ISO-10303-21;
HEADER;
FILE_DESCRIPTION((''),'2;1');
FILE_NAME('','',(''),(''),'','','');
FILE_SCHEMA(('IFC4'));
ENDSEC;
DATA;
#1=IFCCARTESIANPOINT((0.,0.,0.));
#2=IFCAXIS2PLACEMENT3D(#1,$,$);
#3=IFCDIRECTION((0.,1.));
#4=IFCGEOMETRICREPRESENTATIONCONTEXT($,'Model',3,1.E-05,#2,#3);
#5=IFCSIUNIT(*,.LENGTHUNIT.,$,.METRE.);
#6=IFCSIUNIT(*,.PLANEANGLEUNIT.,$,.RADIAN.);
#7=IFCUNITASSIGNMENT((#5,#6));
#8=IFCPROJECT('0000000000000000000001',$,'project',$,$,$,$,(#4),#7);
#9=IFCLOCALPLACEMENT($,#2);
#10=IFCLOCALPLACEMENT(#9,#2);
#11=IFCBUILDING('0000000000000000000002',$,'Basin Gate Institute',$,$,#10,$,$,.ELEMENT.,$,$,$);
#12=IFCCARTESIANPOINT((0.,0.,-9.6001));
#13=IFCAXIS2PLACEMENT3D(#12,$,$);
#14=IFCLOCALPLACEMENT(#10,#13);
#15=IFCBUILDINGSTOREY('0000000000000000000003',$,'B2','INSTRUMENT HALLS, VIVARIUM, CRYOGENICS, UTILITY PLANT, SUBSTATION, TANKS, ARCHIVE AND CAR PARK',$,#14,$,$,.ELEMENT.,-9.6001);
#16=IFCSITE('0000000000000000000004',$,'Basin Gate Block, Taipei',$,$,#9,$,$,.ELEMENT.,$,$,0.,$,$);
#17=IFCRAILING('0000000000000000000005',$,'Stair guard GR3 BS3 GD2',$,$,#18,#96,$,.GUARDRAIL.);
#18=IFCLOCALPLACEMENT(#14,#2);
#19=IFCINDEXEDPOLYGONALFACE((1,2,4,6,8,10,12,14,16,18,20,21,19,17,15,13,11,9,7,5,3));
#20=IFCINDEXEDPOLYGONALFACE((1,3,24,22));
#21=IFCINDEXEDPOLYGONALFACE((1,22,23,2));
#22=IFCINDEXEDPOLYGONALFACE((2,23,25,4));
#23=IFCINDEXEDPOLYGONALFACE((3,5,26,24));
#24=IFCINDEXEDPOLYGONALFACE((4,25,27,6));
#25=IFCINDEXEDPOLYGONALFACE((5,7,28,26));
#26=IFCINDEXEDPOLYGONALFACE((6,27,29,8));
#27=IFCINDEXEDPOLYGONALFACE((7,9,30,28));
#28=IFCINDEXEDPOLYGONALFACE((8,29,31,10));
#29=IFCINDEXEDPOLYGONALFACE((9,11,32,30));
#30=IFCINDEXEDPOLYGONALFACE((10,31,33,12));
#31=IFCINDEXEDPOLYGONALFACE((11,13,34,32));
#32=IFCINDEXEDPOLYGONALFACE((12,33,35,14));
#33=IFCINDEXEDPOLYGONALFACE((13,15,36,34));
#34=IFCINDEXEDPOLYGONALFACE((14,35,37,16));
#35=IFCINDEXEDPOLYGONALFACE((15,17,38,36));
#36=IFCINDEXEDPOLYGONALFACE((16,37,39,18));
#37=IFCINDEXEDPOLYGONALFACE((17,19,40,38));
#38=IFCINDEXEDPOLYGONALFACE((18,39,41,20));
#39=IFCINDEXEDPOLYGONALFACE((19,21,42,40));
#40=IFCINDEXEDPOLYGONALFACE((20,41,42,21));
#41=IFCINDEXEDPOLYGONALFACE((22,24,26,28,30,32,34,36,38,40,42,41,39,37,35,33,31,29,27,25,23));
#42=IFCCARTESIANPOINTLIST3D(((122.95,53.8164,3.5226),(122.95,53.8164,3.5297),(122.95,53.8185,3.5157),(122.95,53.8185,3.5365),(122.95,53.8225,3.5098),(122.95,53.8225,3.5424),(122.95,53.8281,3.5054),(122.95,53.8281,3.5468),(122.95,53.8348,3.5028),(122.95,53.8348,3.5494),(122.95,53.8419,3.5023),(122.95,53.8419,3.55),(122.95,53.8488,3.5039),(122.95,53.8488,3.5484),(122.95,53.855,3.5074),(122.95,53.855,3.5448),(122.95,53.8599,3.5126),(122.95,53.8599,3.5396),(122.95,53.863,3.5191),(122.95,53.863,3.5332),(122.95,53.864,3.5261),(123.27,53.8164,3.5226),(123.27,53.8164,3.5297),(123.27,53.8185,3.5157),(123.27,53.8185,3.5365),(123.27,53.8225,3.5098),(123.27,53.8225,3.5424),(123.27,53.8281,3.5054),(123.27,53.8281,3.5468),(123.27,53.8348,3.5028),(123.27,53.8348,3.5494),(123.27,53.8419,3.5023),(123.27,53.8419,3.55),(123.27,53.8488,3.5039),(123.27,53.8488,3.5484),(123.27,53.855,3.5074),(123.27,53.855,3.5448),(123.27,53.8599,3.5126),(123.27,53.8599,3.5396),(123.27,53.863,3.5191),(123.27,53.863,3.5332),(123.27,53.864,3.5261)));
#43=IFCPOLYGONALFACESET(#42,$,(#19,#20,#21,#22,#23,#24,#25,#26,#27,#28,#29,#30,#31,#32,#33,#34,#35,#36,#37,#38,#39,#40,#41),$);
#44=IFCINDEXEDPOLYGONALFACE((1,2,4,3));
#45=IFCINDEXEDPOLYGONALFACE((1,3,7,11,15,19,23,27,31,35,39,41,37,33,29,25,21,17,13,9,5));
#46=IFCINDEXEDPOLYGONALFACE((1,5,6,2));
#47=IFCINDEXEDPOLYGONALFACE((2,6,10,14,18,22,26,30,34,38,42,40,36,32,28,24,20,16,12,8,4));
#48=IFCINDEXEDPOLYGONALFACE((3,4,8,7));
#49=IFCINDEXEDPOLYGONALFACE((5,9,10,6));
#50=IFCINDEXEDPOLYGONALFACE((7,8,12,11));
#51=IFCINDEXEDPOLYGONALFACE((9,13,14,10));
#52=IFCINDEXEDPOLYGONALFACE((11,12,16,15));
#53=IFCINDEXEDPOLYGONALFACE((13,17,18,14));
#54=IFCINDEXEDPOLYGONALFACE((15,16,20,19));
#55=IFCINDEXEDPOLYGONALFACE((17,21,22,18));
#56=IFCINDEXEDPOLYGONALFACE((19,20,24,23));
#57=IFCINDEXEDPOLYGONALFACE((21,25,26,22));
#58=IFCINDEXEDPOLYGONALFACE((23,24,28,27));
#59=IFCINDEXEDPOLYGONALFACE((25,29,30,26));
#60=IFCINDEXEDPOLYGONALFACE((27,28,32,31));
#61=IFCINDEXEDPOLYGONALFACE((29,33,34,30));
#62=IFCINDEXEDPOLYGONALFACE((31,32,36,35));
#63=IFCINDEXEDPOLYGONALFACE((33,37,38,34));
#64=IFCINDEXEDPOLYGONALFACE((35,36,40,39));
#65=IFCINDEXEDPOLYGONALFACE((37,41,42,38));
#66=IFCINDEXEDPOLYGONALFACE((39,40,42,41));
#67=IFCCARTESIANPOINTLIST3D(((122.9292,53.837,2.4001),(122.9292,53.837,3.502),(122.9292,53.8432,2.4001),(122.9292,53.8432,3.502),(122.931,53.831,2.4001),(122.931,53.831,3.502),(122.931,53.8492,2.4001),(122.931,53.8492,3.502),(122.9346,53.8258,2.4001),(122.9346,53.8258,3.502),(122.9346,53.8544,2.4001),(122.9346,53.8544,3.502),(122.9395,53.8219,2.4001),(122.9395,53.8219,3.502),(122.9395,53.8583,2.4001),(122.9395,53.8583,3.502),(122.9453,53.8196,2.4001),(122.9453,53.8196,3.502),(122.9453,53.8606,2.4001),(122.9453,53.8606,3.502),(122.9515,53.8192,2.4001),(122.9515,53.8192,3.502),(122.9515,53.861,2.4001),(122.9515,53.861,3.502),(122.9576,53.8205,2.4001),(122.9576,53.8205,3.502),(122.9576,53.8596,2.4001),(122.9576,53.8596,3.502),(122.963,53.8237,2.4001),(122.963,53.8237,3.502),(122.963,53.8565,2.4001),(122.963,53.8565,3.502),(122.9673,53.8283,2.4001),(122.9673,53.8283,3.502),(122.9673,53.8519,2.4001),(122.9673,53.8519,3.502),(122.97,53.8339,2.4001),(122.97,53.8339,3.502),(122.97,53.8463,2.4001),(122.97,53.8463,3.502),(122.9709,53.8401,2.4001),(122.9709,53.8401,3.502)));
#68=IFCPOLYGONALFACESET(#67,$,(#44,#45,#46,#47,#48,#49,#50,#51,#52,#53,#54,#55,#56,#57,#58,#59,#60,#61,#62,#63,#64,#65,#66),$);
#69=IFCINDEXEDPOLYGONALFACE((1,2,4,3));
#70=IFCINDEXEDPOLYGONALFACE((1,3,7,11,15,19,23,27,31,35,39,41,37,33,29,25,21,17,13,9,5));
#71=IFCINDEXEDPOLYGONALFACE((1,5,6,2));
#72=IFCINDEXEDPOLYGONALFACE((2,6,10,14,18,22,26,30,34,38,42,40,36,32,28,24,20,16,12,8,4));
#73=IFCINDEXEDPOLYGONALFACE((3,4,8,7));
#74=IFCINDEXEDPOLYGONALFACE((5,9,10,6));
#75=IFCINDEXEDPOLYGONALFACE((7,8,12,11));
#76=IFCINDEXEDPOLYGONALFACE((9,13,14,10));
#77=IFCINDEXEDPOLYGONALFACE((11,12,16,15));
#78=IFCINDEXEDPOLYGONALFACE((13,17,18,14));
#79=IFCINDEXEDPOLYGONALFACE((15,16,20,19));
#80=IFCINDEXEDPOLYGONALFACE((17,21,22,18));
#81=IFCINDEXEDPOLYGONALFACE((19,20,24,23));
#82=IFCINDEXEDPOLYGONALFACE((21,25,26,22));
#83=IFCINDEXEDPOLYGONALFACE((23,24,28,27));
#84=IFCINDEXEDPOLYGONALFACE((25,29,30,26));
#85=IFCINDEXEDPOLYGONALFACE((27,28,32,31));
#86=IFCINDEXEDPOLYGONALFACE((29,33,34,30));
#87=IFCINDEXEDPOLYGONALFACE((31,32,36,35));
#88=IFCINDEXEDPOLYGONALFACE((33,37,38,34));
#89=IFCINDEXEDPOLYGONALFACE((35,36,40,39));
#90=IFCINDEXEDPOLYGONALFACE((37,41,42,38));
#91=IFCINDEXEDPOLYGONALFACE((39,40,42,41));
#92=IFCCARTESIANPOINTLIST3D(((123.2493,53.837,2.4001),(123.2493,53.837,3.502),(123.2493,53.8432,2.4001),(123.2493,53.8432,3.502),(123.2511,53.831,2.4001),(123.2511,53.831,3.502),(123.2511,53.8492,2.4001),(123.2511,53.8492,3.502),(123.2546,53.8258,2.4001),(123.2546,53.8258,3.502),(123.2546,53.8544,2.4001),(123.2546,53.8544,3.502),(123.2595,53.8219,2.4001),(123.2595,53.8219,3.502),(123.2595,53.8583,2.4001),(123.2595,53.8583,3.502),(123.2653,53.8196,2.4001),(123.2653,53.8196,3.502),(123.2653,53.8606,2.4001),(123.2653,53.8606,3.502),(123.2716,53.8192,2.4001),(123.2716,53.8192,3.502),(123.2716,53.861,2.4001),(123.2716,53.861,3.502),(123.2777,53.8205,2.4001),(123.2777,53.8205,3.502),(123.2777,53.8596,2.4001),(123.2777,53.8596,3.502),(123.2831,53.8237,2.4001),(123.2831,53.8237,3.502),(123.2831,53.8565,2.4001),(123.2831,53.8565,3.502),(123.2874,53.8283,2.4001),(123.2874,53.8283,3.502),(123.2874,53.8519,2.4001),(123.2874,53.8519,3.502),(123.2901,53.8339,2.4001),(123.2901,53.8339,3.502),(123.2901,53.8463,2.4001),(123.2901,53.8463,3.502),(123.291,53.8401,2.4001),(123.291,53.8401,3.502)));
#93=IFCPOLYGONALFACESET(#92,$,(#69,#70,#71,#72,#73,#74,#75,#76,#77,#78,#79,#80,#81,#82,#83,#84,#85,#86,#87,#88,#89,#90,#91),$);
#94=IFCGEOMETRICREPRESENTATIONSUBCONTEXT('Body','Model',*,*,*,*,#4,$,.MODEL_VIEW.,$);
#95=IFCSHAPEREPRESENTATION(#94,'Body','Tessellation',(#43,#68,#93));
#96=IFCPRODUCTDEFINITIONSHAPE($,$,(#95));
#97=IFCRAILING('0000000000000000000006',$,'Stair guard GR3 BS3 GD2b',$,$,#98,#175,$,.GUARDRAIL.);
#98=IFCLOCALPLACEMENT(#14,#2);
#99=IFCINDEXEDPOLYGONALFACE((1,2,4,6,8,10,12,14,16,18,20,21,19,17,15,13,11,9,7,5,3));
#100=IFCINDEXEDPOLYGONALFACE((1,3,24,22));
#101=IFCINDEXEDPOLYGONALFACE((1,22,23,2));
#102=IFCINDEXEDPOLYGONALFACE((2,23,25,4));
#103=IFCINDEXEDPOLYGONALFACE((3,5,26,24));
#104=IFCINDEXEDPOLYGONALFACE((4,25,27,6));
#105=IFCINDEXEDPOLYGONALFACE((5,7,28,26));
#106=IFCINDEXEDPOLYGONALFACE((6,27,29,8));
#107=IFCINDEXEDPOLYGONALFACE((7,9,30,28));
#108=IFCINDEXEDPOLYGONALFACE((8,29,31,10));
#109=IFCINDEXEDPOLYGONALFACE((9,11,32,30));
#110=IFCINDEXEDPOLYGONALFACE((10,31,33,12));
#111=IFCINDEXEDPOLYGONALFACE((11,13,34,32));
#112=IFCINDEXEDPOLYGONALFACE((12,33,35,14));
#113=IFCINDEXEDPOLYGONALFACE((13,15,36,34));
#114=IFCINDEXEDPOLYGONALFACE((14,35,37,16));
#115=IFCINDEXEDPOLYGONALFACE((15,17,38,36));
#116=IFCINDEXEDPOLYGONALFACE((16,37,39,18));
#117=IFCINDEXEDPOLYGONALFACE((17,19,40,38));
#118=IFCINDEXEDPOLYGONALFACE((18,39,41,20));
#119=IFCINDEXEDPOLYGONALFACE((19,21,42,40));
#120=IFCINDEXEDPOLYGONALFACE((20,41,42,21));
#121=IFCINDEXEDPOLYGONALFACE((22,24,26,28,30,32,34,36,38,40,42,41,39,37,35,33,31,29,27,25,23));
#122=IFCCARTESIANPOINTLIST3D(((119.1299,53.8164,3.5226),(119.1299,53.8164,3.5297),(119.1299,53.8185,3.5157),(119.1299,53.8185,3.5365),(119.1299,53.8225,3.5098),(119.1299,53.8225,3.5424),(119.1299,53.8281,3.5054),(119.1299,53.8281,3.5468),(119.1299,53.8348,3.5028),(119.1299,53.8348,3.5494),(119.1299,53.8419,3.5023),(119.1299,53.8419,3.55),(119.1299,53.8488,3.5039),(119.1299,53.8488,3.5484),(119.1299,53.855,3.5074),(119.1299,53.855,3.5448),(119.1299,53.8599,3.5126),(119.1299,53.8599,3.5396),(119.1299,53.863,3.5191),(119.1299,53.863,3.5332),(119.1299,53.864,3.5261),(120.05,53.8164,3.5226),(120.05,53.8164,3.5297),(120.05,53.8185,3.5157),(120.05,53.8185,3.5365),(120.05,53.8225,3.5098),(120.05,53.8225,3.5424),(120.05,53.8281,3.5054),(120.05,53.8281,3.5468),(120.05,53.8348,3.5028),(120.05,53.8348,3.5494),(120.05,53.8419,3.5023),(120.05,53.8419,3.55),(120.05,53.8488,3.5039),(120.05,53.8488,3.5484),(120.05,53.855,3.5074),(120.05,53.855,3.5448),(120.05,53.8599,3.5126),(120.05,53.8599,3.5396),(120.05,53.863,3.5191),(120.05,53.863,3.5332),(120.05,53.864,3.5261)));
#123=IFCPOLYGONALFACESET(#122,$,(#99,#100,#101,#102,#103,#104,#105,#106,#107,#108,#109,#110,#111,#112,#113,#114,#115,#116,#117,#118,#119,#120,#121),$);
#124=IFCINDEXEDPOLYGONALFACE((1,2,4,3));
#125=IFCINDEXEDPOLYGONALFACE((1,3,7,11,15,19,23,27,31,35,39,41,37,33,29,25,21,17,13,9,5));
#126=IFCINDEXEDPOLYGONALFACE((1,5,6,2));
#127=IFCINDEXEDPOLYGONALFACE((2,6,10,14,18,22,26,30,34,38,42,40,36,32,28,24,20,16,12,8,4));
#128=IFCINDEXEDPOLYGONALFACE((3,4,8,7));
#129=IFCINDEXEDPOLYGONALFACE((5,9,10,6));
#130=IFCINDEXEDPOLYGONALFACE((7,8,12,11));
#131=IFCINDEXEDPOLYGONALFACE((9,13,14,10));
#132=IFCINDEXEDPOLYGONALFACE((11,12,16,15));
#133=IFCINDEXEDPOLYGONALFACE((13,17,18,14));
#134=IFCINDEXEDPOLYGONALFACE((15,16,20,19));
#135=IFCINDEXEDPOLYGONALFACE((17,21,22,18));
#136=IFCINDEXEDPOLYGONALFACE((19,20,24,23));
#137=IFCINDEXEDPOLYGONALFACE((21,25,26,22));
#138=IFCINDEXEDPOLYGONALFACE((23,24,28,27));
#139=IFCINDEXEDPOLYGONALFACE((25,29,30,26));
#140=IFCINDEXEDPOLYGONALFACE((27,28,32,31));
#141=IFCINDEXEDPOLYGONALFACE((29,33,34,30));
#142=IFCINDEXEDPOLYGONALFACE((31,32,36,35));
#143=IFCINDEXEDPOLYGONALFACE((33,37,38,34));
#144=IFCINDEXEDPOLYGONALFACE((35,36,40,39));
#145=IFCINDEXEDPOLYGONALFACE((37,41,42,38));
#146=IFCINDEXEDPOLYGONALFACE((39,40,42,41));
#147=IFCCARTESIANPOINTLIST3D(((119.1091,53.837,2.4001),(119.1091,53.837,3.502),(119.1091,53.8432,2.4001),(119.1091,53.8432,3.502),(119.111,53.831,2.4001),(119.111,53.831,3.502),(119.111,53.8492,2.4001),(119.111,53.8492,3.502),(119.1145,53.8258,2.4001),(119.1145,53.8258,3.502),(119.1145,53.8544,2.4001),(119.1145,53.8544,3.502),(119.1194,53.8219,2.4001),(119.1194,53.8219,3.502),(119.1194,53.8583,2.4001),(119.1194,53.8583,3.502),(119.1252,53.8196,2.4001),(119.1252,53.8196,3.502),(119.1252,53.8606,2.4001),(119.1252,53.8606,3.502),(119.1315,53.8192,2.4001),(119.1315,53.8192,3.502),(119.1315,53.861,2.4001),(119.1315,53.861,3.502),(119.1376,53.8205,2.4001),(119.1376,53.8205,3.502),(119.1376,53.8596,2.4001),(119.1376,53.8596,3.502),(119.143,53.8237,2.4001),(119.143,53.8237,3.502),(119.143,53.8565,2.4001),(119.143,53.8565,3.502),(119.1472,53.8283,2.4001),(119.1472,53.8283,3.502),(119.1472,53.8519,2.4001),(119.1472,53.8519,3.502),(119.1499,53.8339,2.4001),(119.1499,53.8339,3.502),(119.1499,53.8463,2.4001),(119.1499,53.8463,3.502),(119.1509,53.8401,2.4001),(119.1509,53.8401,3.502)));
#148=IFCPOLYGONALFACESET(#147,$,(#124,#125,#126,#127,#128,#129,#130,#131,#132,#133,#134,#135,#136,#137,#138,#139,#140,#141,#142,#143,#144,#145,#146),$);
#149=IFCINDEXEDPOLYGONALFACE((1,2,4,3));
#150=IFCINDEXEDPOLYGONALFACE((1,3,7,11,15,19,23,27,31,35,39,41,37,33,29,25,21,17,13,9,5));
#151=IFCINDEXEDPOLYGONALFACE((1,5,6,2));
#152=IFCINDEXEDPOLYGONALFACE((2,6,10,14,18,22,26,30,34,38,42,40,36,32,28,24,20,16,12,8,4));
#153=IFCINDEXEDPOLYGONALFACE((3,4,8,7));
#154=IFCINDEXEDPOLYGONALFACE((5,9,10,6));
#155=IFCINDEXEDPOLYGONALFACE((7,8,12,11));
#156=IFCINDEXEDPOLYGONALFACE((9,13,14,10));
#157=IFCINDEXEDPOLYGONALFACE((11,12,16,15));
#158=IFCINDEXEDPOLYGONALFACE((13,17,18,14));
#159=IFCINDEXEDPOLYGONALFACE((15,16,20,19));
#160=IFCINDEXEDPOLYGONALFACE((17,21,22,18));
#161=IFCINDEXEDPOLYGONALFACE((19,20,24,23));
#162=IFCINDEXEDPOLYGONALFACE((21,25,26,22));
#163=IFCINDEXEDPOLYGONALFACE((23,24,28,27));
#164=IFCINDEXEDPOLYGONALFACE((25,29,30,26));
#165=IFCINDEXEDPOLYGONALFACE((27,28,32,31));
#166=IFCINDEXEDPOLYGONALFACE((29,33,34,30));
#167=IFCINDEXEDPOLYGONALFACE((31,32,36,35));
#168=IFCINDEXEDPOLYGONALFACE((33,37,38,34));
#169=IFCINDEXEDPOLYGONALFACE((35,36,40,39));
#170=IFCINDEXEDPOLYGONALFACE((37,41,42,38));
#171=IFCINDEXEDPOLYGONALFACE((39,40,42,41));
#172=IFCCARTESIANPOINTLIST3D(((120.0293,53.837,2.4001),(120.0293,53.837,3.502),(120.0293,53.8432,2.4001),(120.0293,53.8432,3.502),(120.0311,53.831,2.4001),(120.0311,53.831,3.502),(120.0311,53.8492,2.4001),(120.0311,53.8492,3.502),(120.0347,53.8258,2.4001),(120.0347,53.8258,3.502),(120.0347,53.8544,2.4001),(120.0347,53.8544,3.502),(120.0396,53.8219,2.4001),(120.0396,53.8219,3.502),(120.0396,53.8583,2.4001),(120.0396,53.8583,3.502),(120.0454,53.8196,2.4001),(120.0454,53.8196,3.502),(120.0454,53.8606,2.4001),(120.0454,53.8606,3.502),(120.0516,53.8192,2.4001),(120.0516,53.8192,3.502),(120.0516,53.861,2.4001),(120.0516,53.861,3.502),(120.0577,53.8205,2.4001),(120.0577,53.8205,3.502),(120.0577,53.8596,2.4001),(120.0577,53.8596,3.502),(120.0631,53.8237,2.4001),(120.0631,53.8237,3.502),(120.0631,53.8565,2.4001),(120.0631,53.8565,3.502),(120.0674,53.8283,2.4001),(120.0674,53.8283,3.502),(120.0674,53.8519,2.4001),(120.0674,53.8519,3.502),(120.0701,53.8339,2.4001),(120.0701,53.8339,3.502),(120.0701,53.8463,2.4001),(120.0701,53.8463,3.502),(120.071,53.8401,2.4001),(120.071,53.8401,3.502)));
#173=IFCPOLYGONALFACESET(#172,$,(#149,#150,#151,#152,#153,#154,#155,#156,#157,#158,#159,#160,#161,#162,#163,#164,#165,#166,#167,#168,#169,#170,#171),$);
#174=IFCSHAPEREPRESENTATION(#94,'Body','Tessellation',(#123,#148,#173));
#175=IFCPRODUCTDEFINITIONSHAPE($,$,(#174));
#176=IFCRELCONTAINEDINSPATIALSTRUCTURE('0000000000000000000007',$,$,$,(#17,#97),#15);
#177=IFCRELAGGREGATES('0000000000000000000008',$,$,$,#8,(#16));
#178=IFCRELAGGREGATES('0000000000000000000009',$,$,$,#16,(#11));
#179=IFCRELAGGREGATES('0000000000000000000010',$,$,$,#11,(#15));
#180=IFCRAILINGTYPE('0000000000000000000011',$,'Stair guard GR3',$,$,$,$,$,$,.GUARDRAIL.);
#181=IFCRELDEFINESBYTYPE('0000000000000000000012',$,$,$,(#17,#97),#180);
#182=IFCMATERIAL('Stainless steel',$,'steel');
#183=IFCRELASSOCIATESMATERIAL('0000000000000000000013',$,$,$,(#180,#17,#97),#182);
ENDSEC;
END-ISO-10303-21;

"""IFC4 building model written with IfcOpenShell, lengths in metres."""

from ifc_helpers import new_model, si_unit, direction, frame, origin, origin_2d, place, context, subcontext, project, spatial, circle, extrude, material, type_object, element, save


model = new_model("IFC4")

# Units and contexts
model_context = context("Model", 3, precision=1e-05, world=origin(), true_north=direction((0.0, 1.0)))
body_context = subcontext(model_context, "Body", "Model", "MODEL_VIEW")
ifc_project = project(units=[si_unit("LENGTHUNIT", "METRE"), si_unit("PLANEANGLEUNIT", "RADIAN")], contexts=[model_context])

# Site, building, storey
site_placement = place(None, origin())
site = spatial("IfcSite", under=ifc_project, at=site_placement, Name="Basin Gate Block, Taipei", CompositionType="ELEMENT", RefElevation=0.0)
building_placement = place(site_placement, origin())
building = spatial("IfcBuilding", under=site, at=building_placement, Name="Basin Gate Institute", CompositionType="ELEMENT")
storey_placement = place(building_placement, frame((0.0, 0.0, -9.6001)))
storey = spatial("IfcBuildingStorey", under=building, at=storey_placement, Name="B2", Description="INSTRUMENT HALLS, VIVARIUM, CRYOGENICS, UTILITY PLANT, SUBSTATION, TANKS, ARCHIVE AND CAR PARK", CompositionType="ELEMENT", Elevation=-9.6001)

# Railings
ifc_material_1 = material(Name="Stainless steel", Category="steel")
railing_type_1 = type_object("IfcRailingType", Name="Stair guard GR3", PredefinedType="GUARDRAIL", material=ifc_material_1)
railing_1_placement = place(storey_placement, frame((122.95, 53.8401, 2.4001)))
element("IfcRailing", 1, at=railing_1_placement, inside=storey, type_object=railing_type_1, material=ifc_material_1, Name="Stair guard GR3 BS3 GD2", PredefinedType="GUARDRAIL", context=body_context, shape_type="SweptSolid", body=[
    extrude(circle(Radius=0.0239, at=origin_2d()), frame((0.0, 0.0, 1.126), z_axis=(1.0, 0.0, 0.0), x_axis=(0.0, 1.0, 0.0)), (0.0, 0.0, 1.0), 0.3201),
    extrude(circle(Radius=0.021, at=origin_2d()), origin(), (0.0, 0.0, 1.0), 1.1018),
    extrude(circle(Radius=0.021, at=origin_2d()), frame((0.3201, 0.0, 0.0)), (0.0, 0.0, 1.0), 1.1018),
])
railing_2_placement = place(storey_placement, frame((119.1299, 53.8401, 2.4001)))
element("IfcRailing", 2, at=railing_2_placement, inside=storey, type_object=railing_type_1, material=ifc_material_1, Name="Stair guard GR3 BS3 GD2b", PredefinedType="GUARDRAIL", context=body_context, shape_type="SweptSolid", body=[
    extrude(circle(Radius=0.0239, at=origin_2d()), frame((0.0, 0.0, 1.126), z_axis=(1.0, 0.0, 0.0), x_axis=(0.0, 1.0, 0.0)), (0.0, 0.0, 1.0), 0.9202),
    extrude(circle(Radius=0.021, at=origin_2d()), origin(), (0.0, 0.0, 1.0), 1.1018),
    extrude(circle(Radius=0.021, at=origin_2d()), frame((0.9202, 0.0, 0.0)), (0.0, 0.0, 1.0), 1.1018),
])

save(model, "model.ifc")
